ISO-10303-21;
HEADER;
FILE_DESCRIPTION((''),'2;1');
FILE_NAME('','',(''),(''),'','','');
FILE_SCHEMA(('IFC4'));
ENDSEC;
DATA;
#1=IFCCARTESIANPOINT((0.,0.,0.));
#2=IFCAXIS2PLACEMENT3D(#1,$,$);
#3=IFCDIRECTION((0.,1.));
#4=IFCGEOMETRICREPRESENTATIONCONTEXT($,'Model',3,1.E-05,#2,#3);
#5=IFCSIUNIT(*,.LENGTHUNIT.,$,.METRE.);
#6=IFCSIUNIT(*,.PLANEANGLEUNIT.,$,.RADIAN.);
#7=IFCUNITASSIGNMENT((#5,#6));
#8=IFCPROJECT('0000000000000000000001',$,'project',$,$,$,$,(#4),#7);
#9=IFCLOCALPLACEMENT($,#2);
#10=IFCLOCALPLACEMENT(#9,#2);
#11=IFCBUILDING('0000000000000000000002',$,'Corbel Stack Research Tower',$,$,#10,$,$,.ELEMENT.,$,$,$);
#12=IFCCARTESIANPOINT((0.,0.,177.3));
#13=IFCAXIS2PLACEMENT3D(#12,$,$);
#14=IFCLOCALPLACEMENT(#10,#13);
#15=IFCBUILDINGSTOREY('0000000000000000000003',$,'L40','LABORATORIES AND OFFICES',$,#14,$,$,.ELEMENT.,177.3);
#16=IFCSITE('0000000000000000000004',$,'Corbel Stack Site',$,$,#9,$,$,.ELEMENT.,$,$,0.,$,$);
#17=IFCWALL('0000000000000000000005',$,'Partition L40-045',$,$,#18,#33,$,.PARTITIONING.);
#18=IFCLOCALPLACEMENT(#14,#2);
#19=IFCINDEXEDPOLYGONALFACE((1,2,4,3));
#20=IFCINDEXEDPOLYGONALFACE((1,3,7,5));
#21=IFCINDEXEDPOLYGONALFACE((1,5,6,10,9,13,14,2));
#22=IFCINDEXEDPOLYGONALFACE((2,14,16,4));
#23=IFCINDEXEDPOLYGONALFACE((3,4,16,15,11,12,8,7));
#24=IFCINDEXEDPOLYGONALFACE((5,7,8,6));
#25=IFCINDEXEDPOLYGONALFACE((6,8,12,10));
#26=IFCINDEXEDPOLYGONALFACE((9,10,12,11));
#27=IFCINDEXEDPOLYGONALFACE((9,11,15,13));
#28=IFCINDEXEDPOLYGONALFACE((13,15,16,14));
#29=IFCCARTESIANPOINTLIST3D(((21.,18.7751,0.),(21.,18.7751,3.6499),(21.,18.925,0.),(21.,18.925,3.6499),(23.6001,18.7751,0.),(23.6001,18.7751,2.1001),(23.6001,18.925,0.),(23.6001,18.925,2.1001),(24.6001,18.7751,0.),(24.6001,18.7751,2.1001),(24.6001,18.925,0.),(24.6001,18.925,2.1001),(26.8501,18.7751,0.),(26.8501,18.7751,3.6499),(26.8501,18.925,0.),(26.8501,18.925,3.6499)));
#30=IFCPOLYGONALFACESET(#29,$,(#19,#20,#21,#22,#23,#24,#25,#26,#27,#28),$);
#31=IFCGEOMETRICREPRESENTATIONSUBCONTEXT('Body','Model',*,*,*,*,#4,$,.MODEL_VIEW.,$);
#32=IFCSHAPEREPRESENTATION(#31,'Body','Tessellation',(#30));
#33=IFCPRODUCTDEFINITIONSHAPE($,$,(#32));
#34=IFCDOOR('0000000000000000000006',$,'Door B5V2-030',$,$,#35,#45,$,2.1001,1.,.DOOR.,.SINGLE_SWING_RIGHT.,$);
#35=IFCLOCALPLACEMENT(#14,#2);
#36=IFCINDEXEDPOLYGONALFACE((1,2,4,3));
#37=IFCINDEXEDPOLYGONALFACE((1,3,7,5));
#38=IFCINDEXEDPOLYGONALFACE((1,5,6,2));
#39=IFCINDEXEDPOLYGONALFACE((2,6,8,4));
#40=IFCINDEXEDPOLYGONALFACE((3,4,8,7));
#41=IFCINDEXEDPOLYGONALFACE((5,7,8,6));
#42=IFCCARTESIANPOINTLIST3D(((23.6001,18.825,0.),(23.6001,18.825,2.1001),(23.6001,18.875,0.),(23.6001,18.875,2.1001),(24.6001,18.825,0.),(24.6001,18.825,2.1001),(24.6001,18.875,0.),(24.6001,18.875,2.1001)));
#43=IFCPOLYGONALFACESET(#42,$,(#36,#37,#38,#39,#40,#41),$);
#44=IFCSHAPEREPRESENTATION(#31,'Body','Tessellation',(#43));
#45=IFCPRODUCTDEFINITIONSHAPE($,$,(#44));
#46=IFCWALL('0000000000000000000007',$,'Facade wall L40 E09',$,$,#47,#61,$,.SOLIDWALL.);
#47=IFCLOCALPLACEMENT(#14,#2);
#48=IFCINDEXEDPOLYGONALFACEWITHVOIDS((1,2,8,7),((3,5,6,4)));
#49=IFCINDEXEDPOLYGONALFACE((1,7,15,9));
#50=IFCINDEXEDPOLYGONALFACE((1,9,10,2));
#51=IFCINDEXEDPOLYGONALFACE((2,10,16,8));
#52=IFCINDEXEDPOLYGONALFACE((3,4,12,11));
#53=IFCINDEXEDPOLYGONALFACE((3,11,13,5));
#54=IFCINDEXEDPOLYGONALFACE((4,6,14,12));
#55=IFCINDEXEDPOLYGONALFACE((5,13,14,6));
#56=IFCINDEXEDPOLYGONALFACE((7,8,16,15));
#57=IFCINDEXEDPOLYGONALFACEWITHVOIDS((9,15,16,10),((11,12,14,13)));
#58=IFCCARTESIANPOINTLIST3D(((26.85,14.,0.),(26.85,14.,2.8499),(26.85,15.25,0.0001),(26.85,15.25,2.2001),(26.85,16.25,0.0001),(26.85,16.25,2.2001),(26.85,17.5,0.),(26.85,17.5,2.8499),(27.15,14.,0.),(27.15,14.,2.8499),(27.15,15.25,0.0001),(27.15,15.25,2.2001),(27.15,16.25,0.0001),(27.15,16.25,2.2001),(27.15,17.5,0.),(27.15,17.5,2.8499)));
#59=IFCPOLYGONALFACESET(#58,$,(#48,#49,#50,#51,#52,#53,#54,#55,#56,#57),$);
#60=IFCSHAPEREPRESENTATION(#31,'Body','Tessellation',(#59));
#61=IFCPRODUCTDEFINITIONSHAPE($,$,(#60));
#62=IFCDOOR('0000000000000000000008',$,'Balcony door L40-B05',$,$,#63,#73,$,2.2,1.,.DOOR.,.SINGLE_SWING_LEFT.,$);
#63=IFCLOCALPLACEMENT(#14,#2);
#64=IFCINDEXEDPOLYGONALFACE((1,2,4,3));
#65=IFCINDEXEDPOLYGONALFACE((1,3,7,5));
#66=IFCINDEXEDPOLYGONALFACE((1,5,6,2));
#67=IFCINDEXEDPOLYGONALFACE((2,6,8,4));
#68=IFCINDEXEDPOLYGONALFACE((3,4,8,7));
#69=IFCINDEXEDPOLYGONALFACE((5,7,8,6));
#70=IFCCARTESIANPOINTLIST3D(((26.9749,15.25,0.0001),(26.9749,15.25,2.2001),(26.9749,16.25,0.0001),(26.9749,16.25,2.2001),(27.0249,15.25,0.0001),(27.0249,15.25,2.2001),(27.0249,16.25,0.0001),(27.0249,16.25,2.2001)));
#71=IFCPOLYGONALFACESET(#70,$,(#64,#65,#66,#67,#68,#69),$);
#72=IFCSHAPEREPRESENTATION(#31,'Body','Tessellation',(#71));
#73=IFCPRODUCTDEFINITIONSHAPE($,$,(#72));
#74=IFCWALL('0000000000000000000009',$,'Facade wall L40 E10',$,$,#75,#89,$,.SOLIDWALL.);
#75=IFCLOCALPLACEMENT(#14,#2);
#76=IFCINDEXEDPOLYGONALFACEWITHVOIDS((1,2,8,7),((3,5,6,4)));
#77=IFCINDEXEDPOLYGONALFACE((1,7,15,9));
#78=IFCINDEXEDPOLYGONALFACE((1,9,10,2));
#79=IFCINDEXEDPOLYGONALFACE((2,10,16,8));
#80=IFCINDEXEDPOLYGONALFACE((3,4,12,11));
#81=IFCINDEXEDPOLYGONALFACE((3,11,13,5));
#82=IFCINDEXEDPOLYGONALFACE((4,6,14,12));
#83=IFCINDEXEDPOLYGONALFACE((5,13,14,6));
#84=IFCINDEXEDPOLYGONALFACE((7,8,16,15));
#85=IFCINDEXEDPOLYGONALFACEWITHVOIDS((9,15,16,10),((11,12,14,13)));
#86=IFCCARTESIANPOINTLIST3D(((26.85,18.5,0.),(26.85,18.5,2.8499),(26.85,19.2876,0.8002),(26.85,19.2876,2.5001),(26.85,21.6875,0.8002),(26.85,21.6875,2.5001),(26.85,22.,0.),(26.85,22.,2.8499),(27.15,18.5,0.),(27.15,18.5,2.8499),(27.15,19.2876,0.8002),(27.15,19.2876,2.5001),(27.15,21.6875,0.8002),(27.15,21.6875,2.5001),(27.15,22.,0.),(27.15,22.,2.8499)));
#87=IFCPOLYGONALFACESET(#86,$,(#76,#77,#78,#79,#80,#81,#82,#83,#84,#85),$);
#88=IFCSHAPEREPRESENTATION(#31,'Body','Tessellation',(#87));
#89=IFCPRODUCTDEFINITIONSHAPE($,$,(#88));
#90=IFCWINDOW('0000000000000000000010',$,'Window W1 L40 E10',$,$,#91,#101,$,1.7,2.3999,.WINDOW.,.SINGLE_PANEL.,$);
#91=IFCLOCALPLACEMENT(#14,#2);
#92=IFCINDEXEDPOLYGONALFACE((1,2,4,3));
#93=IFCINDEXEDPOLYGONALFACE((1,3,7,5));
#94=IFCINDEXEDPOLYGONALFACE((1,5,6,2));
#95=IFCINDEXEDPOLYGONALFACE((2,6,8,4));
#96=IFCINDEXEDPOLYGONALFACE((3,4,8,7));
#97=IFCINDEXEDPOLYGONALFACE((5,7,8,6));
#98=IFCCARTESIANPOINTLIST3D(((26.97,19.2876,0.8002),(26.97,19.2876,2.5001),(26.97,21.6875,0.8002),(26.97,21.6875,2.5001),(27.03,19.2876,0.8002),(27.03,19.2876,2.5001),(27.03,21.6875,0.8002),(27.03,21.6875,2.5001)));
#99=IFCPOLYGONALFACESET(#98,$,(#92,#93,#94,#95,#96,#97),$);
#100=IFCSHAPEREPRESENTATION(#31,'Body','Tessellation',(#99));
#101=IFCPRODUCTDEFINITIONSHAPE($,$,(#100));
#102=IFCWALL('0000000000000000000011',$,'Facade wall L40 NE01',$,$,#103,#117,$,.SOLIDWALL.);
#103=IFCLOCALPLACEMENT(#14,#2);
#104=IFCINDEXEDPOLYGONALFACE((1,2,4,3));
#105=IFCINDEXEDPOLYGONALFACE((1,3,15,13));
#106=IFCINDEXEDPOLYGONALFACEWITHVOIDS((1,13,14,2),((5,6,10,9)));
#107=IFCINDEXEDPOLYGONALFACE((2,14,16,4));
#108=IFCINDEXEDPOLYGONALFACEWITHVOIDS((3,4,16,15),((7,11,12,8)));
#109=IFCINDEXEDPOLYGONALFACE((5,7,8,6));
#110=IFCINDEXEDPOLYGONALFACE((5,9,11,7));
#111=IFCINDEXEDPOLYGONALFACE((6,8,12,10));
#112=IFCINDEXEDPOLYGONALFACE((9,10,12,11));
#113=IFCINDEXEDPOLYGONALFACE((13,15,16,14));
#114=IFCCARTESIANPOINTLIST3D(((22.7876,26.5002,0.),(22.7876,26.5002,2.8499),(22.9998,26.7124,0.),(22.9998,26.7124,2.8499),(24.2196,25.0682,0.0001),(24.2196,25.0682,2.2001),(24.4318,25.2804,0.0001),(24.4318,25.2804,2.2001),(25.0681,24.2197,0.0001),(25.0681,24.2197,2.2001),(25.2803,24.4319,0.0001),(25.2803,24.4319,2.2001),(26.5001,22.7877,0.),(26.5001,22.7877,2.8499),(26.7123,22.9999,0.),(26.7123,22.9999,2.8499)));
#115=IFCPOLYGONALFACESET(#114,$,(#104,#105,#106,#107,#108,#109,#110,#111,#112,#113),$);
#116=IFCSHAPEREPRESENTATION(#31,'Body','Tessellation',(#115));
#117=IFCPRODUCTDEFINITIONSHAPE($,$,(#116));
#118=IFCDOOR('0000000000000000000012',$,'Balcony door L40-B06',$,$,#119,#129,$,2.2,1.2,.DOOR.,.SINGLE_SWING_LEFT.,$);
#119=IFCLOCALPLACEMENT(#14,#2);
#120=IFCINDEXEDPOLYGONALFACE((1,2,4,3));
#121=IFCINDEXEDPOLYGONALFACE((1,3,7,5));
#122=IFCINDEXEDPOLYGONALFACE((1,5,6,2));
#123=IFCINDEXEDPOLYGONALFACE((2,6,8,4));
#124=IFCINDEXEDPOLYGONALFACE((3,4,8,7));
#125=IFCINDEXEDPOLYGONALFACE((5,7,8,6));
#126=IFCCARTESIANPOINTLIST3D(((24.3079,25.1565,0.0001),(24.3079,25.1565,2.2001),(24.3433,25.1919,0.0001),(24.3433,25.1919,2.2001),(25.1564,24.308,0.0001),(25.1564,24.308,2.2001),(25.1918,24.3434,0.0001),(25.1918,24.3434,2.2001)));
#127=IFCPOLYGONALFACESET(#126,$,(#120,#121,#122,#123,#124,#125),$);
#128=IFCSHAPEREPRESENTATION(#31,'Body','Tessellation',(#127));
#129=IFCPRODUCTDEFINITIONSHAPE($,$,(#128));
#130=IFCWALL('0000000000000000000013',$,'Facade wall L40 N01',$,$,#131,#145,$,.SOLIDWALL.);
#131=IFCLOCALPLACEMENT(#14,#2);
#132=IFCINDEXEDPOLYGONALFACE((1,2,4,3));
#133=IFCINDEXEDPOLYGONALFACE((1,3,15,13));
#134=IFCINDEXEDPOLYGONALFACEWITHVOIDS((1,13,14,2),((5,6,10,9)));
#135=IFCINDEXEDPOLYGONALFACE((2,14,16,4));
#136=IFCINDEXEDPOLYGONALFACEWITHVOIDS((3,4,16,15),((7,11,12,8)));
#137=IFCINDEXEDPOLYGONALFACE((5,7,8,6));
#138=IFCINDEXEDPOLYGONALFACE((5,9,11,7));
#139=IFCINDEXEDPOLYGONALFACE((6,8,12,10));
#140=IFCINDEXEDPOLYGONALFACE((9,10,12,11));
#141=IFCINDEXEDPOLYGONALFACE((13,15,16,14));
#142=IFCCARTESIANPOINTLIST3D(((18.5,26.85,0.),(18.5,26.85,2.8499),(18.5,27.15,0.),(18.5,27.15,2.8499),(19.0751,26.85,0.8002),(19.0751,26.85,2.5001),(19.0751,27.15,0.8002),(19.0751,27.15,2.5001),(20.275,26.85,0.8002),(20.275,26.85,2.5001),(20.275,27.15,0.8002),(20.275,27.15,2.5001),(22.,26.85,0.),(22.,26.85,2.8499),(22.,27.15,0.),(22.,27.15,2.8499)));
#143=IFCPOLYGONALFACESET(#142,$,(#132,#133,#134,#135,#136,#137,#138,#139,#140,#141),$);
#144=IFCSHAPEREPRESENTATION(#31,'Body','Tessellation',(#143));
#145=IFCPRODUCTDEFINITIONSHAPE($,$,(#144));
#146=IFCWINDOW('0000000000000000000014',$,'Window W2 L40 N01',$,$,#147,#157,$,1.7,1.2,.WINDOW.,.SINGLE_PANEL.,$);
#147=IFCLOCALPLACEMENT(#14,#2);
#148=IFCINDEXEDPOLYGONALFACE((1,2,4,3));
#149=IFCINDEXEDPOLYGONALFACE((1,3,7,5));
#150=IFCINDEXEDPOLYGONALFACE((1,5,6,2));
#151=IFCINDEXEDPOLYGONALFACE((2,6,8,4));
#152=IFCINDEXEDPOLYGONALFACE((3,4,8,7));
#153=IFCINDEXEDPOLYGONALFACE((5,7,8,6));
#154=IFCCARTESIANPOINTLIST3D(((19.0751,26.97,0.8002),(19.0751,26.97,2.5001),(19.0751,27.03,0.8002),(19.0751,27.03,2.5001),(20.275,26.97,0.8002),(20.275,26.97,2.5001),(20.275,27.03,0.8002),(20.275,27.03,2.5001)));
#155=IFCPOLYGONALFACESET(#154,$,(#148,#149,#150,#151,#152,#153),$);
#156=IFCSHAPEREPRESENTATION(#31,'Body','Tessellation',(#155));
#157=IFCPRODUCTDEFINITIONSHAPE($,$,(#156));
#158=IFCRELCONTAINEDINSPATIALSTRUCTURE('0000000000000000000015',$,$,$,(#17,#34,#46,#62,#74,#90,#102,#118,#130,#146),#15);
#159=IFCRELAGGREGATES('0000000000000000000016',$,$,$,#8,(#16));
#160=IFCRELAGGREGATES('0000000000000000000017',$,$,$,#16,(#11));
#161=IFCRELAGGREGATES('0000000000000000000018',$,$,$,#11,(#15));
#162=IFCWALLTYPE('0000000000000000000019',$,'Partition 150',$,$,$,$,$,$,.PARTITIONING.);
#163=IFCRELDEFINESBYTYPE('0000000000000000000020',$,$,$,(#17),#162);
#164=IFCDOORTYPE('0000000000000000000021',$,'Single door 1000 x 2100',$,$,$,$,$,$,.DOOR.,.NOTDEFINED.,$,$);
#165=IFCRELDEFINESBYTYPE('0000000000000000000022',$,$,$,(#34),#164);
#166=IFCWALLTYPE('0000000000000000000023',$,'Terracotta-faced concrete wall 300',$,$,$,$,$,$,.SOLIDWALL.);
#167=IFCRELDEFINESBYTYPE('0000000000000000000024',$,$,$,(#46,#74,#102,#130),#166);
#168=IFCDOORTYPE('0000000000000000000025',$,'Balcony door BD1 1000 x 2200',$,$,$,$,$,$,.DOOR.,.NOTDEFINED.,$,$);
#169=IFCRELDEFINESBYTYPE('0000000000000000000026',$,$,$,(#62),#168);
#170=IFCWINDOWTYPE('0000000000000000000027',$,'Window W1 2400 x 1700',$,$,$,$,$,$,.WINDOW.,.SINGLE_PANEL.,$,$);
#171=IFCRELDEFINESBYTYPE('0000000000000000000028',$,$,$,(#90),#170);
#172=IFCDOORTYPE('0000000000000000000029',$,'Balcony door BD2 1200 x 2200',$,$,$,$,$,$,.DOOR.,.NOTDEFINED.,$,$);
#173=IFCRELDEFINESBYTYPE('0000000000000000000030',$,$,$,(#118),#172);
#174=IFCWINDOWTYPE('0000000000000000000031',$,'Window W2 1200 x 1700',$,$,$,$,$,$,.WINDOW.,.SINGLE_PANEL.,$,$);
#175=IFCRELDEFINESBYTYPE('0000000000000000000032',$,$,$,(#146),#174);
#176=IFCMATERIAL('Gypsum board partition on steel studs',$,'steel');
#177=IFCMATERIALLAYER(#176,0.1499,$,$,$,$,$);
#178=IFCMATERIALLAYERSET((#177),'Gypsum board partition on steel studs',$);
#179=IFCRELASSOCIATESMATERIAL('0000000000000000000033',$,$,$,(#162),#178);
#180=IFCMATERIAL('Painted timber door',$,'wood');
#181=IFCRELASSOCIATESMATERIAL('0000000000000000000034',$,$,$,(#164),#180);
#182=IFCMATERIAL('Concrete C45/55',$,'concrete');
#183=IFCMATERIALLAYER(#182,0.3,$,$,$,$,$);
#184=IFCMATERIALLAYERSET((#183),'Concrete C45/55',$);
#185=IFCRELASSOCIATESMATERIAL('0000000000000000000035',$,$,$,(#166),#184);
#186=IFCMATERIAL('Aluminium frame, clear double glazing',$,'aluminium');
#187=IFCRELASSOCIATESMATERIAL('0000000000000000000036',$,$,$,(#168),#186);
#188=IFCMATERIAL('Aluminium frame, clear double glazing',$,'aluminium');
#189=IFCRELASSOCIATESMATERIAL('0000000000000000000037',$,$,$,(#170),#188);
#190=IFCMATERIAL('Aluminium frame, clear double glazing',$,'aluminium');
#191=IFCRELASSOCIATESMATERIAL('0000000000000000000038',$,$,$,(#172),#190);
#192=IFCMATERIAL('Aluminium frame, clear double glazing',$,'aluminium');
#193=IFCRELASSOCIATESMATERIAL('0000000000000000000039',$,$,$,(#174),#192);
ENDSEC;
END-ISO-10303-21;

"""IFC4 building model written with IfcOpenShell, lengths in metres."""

from ifc_helpers import new_model, si_unit, direction, frame, frame_2d, origin, place, context, subcontext, project, spatial, rectangle, extrude, material, layer, layer_set, type_object, element, fill, save


model = new_model("IFC4")

# Units and contexts
model_context = context("Model", 3, precision=1e-05, world=origin(), true_north=direction((0.0, 1.0)))
body_context = subcontext(model_context, "Body", "Model", "MODEL_VIEW")
ifc_project = project(units=[si_unit("LENGTHUNIT", "METRE"), si_unit("PLANEANGLEUNIT", "RADIAN")], contexts=[model_context])

# Site, building, storey
site_placement = place(None, origin())
site = spatial("IfcSite", under=ifc_project, at=site_placement, Name="Corbel Stack Site", CompositionType="ELEMENT", RefElevation=0.0)
building_placement = place(site_placement, origin())
building = spatial("IfcBuilding", under=site, at=building_placement, Name="Corbel Stack Research Tower", CompositionType="ELEMENT")
storey_placement = place(building_placement, frame((0.0, 0.0, 177.3)))
storey = spatial("IfcBuildingStorey", under=building, at=storey_placement, Name="L40", Description="LABORATORIES AND OFFICES", CompositionType="ELEMENT", Elevation=177.3)

# Walls, openings, doors
ifc_material_1 = material(Name="Gypsum board partition on steel studs", Category="steel")
ifc_layer_1 = layer(ifc_material_1, 0.1499)
ifc_layer_set_1 = layer_set([ifc_layer_1], Name="Gypsum board partition on steel studs")
wall_type_1 = type_object("IfcWallType", Name="Partition 150", PredefinedType="PARTITIONING", material=ifc_layer_set_1)
wall_1_placement = place(storey_placement, frame((21.0, 18.8501, 0.0), z_axis=(0.0, 0.0, 1.0), x_axis=(1.0, 0.0, 0.0)))
wall_1 = element("IfcWall", 1, at=wall_1_placement, inside=storey, type_object=wall_type_1, Name="Partition L40-045", PredefinedType="PARTITIONING", context=body_context, shape_type="SweptSolid", body=[
    extrude(rectangle(XDim=5.8501, YDim=0.1499, at=frame_2d((2.925, 0.0))), origin(), (0.0, 0.0, 1.0), 3.6499),
])
opening_1_placement = place(wall_1_placement, frame((2.6001, 0.0, 0.0)))
opening_1 = element("IfcOpeningElement", 2, at=opening_1_placement, cuts=wall_1, PredefinedType="OPENING", context=body_context, shape_type="SweptSolid", body=[
    extrude(rectangle(XDim=1.0, YDim=2.1001, at=frame_2d((0.5, 1.05))), frame((0.0, 0.085, 0.0), z_axis=(0.0, -1.0, 0.0), x_axis=(1.0, 0.0, 0.0)), (0.0, 0.0, 1.0), 0.1699),
])
ifc_material_2 = material(Name="Painted timber door", Category="wood")
door_type_1 = type_object("IfcDoorType", Name="Single door 1000 x 2100", OperationType="NOTDEFINED", PredefinedType="DOOR", material=ifc_material_2)
door_1_placement = place(opening_1_placement, origin())
door_1 = element("IfcDoor", 3, at=door_1_placement, inside=storey, type_object=door_type_1, Name="Door B5V2-030", OperationType="SINGLE_SWING_RIGHT", OverallHeight=2.1001, OverallWidth=1.0, PredefinedType="DOOR", context=body_context, shape_type="SweptSolid", body=[
    extrude(rectangle(XDim=1.0, YDim=2.1001, at=frame_2d((0.5, 1.05))), frame((0.0, 0.0249, 0.0), z_axis=(0.0, -1.0, 0.0), x_axis=(1.0, 0.0, 0.0)), (0.0, 0.0, 1.0), 0.05),
])
fill(opening_1, door_1)
ifc_material_3 = material(Name="Concrete C45/55", Category="concrete")
ifc_layer_2 = layer(ifc_material_3, 0.3)
ifc_layer_set_2 = layer_set([ifc_layer_2], Name="Concrete C45/55")
wall_type_2 = type_object("IfcWallType", Name="Terracotta-faced concrete wall 300", PredefinedType="SOLIDWALL", material=ifc_layer_set_2)
wall_2_placement = place(storey_placement, frame((27.0, 17.5, 0.0), z_axis=(0.0, 0.0, 1.0), x_axis=(0.0, -1.0, 0.0)))
wall_2 = element("IfcWall", 4, at=wall_2_placement, inside=storey, type_object=wall_type_2, Name="Facade wall L40 E09", PredefinedType="SOLIDWALL", context=body_context, shape_type="SweptSolid", body=[
    extrude(rectangle(XDim=3.5, YDim=0.3, at=frame_2d((1.75, 0.0))), origin(), (0.0, 0.0, 1.0), 2.8499),
])
opening_2_placement = place(wall_2_placement, frame((1.25, 0.0, 0.0)))
opening_2 = element("IfcOpeningElement", 5, at=opening_2_placement, cuts=wall_2, PredefinedType="OPENING", context=body_context, shape_type="SweptSolid", body=[
    extrude(rectangle(XDim=1.0, YDim=2.2, at=frame_2d((0.5, 1.1001))), frame((0.0, 0.1599, 0.0), z_axis=(0.0, -1.0, 0.0), x_axis=(1.0, 0.0, 0.0)), (0.0, 0.0, 1.0), 0.3201),
])
ifc_material_4 = material(Name="Aluminium frame, clear double glazing", Category="aluminium")
door_type_2 = type_object("IfcDoorType", Name="Balcony door BD1 1000 x 2200", OperationType="NOTDEFINED", PredefinedType="DOOR", material=ifc_material_4)
door_2_placement = place(opening_2_placement, origin())
door_2 = element("IfcDoor", 6, at=door_2_placement, inside=storey, type_object=door_type_2, Name="Balcony door L40-B05", OperationType="SINGLE_SWING_LEFT", OverallHeight=2.2, OverallWidth=1.0, PredefinedType="DOOR", context=body_context, shape_type="SweptSolid", body=[
    extrude(rectangle(XDim=1.0, YDim=2.2, at=frame_2d((0.5, 1.1001))), frame((0.0, 0.0249, 0.0), z_axis=(0.0, -1.0, 0.0), x_axis=(1.0, 0.0, 0.0)), (0.0, 0.0, 1.0), 0.05),
])
fill(opening_2, door_2)

# Wall, opening, window
wall_3_placement = place(storey_placement, frame((27.0, 22.0, 0.0), z_axis=(0.0, 0.0, 1.0), x_axis=(0.0, -1.0, 0.0)))
wall_3 = element("IfcWall", 7, at=wall_3_placement, inside=storey, type_object=wall_type_2, Name="Facade wall L40 E10", PredefinedType="SOLIDWALL", context=body_context, shape_type="SweptSolid", body=[
    extrude(rectangle(XDim=3.5, YDim=0.3, at=frame_2d((1.75, 0.0))), origin(), (0.0, 0.0, 1.0), 2.8499),
])
opening_3_placement = place(wall_3_placement, frame((0.3125, 0.0, 0.8)))
opening_3 = element("IfcOpeningElement", 8, at=opening_3_placement, cuts=wall_3, PredefinedType="OPENING", context=body_context, shape_type="SweptSolid", body=[
    extrude(rectangle(XDim=2.3999, YDim=1.7, at=frame_2d((1.2, 0.8501))), frame((0.0, 0.1599, 0.0), z_axis=(0.0, -1.0, 0.0), x_axis=(1.0, 0.0, 0.0)), (0.0, 0.0, 1.0), 0.3201),
])
ifc_material_5 = material(Name="Aluminium frame, clear double glazing", Category="aluminium")
window_type_1 = type_object("IfcWindowType", Name="Window W1 2400 x 1700", PartitioningType="SINGLE_PANEL", PredefinedType="WINDOW", material=ifc_material_5)
window_1_placement = place(opening_3_placement, origin())
window_1 = element("IfcWindow", 9, at=window_1_placement, inside=storey, type_object=window_type_1, Name="Window W1 L40 E10", OverallHeight=1.7, OverallWidth=2.3999, PartitioningType="SINGLE_PANEL", PredefinedType="WINDOW", context=body_context, shape_type="SweptSolid", body=[
    extrude(rectangle(XDim=2.3999, YDim=1.7, at=frame_2d((1.2, 0.8501))), frame((0.0, 0.03, 0.0), z_axis=(0.0, -1.0, 0.0), x_axis=(1.0, 0.0, 0.0)), (0.0, 0.0, 1.0), 0.0601),
])
fill(opening_3, window_1)

# Wall, opening, door
wall_4_placement = place(storey_placement, frame((22.8938, 26.6062, 0.0), z_axis=(0.0, 0.0, 1.0), x_axis=(0.707107, -0.707107, 0.0)))
wall_4 = element("IfcWall", 10, at=wall_4_placement, inside=storey, type_object=wall_type_2, Name="Facade wall L40 NE01", PredefinedType="SOLIDWALL", context=body_context, shape_type="SweptSolid", body=[
    extrude(rectangle(XDim=5.2502, YDim=0.3, at=frame_2d((2.625, 0.0))), origin(), (0.0, 0.0, 1.0), 2.8499),
])
opening_4_placement = place(wall_4_placement, frame((2.0249, 0.0, 0.0)))
opening_4 = element("IfcOpeningElement", 11, at=opening_4_placement, cuts=wall_4, PredefinedType="OPENING", context=body_context, shape_type="SweptSolid", body=[
    extrude(rectangle(XDim=1.2, YDim=2.2, at=frame_2d((0.6001, 1.1001))), frame((0.0, 0.1599, 0.0), z_axis=(0.0, -1.0, 0.0), x_axis=(1.0, 0.0, 0.0)), (0.0, 0.0, 1.0), 0.3201),
])
ifc_material_6 = material(Name="Aluminium frame, clear double glazing", Category="aluminium")
door_type_3 = type_object("IfcDoorType", Name="Balcony door BD2 1200 x 2200", OperationType="NOTDEFINED", PredefinedType="DOOR", material=ifc_material_6)
door_3_placement = place(opening_4_placement, origin())
door_3 = element("IfcDoor", 12, at=door_3_placement, inside=storey, type_object=door_type_3, Name="Balcony door L40-B06", OperationType="SINGLE_SWING_LEFT", OverallHeight=2.2, OverallWidth=1.2, PredefinedType="DOOR", context=body_context, shape_type="SweptSolid", body=[
    extrude(rectangle(XDim=1.2, YDim=2.2, at=frame_2d((0.6001, 1.1001))), frame((0.0, 0.0249, 0.0), z_axis=(0.0, -1.0, 0.0), x_axis=(1.0, 0.0, 0.0)), (0.0, 0.0, 1.0), 0.05),
])
fill(opening_4, door_3)

# Wall, opening, window
wall_5_placement = place(storey_placement, frame((18.5, 27.0, 0.0), z_axis=(0.0, 0.0, 1.0), x_axis=(1.0, 0.0, 0.0)))
wall_5 = element("IfcWall", 13, at=wall_5_placement, inside=storey, type_object=wall_type_2, Name="Facade wall L40 N01", PredefinedType="SOLIDWALL", context=body_context, shape_type="SweptSolid", body=[
    extrude(rectangle(XDim=3.5, YDim=0.3, at=frame_2d((1.75, 0.0))), origin(), (0.0, 0.0, 1.0), 2.8499),
])
opening_5_placement = place(wall_5_placement, frame((0.575, 0.0, 0.8)))
opening_5 = element("IfcOpeningElement", 14, at=opening_5_placement, cuts=wall_5, PredefinedType="OPENING", context=body_context, shape_type="SweptSolid", body=[
    extrude(rectangle(XDim=1.2, YDim=1.7, at=frame_2d((0.6001, 0.8501))), frame((0.0, 0.1599, 0.0), z_axis=(0.0, -1.0, 0.0), x_axis=(1.0, 0.0, 0.0)), (0.0, 0.0, 1.0), 0.3201),
])
ifc_material_7 = material(Name="Aluminium frame, clear double glazing", Category="aluminium")
window_type_2 = type_object("IfcWindowType", Name="Window W2 1200 x 1700", PartitioningType="SINGLE_PANEL", PredefinedType="WINDOW", material=ifc_material_7)
window_2_placement = place(opening_5_placement, origin())
window_2 = element("IfcWindow", 15, at=window_2_placement, inside=storey, type_object=window_type_2, Name="Window W2 L40 N01", OverallHeight=1.7, OverallWidth=1.2, PartitioningType="SINGLE_PANEL", PredefinedType="WINDOW", context=body_context, shape_type="SweptSolid", body=[
    extrude(rectangle(XDim=1.2, YDim=1.7, at=frame_2d((0.6001, 0.8501))), frame((0.0, 0.03, 0.0), z_axis=(0.0, -1.0, 0.0), x_axis=(1.0, 0.0, 0.0)), (0.0, 0.0, 1.0), 0.0601),
])
fill(opening_5, window_2)

save(model, "model.ifc")
